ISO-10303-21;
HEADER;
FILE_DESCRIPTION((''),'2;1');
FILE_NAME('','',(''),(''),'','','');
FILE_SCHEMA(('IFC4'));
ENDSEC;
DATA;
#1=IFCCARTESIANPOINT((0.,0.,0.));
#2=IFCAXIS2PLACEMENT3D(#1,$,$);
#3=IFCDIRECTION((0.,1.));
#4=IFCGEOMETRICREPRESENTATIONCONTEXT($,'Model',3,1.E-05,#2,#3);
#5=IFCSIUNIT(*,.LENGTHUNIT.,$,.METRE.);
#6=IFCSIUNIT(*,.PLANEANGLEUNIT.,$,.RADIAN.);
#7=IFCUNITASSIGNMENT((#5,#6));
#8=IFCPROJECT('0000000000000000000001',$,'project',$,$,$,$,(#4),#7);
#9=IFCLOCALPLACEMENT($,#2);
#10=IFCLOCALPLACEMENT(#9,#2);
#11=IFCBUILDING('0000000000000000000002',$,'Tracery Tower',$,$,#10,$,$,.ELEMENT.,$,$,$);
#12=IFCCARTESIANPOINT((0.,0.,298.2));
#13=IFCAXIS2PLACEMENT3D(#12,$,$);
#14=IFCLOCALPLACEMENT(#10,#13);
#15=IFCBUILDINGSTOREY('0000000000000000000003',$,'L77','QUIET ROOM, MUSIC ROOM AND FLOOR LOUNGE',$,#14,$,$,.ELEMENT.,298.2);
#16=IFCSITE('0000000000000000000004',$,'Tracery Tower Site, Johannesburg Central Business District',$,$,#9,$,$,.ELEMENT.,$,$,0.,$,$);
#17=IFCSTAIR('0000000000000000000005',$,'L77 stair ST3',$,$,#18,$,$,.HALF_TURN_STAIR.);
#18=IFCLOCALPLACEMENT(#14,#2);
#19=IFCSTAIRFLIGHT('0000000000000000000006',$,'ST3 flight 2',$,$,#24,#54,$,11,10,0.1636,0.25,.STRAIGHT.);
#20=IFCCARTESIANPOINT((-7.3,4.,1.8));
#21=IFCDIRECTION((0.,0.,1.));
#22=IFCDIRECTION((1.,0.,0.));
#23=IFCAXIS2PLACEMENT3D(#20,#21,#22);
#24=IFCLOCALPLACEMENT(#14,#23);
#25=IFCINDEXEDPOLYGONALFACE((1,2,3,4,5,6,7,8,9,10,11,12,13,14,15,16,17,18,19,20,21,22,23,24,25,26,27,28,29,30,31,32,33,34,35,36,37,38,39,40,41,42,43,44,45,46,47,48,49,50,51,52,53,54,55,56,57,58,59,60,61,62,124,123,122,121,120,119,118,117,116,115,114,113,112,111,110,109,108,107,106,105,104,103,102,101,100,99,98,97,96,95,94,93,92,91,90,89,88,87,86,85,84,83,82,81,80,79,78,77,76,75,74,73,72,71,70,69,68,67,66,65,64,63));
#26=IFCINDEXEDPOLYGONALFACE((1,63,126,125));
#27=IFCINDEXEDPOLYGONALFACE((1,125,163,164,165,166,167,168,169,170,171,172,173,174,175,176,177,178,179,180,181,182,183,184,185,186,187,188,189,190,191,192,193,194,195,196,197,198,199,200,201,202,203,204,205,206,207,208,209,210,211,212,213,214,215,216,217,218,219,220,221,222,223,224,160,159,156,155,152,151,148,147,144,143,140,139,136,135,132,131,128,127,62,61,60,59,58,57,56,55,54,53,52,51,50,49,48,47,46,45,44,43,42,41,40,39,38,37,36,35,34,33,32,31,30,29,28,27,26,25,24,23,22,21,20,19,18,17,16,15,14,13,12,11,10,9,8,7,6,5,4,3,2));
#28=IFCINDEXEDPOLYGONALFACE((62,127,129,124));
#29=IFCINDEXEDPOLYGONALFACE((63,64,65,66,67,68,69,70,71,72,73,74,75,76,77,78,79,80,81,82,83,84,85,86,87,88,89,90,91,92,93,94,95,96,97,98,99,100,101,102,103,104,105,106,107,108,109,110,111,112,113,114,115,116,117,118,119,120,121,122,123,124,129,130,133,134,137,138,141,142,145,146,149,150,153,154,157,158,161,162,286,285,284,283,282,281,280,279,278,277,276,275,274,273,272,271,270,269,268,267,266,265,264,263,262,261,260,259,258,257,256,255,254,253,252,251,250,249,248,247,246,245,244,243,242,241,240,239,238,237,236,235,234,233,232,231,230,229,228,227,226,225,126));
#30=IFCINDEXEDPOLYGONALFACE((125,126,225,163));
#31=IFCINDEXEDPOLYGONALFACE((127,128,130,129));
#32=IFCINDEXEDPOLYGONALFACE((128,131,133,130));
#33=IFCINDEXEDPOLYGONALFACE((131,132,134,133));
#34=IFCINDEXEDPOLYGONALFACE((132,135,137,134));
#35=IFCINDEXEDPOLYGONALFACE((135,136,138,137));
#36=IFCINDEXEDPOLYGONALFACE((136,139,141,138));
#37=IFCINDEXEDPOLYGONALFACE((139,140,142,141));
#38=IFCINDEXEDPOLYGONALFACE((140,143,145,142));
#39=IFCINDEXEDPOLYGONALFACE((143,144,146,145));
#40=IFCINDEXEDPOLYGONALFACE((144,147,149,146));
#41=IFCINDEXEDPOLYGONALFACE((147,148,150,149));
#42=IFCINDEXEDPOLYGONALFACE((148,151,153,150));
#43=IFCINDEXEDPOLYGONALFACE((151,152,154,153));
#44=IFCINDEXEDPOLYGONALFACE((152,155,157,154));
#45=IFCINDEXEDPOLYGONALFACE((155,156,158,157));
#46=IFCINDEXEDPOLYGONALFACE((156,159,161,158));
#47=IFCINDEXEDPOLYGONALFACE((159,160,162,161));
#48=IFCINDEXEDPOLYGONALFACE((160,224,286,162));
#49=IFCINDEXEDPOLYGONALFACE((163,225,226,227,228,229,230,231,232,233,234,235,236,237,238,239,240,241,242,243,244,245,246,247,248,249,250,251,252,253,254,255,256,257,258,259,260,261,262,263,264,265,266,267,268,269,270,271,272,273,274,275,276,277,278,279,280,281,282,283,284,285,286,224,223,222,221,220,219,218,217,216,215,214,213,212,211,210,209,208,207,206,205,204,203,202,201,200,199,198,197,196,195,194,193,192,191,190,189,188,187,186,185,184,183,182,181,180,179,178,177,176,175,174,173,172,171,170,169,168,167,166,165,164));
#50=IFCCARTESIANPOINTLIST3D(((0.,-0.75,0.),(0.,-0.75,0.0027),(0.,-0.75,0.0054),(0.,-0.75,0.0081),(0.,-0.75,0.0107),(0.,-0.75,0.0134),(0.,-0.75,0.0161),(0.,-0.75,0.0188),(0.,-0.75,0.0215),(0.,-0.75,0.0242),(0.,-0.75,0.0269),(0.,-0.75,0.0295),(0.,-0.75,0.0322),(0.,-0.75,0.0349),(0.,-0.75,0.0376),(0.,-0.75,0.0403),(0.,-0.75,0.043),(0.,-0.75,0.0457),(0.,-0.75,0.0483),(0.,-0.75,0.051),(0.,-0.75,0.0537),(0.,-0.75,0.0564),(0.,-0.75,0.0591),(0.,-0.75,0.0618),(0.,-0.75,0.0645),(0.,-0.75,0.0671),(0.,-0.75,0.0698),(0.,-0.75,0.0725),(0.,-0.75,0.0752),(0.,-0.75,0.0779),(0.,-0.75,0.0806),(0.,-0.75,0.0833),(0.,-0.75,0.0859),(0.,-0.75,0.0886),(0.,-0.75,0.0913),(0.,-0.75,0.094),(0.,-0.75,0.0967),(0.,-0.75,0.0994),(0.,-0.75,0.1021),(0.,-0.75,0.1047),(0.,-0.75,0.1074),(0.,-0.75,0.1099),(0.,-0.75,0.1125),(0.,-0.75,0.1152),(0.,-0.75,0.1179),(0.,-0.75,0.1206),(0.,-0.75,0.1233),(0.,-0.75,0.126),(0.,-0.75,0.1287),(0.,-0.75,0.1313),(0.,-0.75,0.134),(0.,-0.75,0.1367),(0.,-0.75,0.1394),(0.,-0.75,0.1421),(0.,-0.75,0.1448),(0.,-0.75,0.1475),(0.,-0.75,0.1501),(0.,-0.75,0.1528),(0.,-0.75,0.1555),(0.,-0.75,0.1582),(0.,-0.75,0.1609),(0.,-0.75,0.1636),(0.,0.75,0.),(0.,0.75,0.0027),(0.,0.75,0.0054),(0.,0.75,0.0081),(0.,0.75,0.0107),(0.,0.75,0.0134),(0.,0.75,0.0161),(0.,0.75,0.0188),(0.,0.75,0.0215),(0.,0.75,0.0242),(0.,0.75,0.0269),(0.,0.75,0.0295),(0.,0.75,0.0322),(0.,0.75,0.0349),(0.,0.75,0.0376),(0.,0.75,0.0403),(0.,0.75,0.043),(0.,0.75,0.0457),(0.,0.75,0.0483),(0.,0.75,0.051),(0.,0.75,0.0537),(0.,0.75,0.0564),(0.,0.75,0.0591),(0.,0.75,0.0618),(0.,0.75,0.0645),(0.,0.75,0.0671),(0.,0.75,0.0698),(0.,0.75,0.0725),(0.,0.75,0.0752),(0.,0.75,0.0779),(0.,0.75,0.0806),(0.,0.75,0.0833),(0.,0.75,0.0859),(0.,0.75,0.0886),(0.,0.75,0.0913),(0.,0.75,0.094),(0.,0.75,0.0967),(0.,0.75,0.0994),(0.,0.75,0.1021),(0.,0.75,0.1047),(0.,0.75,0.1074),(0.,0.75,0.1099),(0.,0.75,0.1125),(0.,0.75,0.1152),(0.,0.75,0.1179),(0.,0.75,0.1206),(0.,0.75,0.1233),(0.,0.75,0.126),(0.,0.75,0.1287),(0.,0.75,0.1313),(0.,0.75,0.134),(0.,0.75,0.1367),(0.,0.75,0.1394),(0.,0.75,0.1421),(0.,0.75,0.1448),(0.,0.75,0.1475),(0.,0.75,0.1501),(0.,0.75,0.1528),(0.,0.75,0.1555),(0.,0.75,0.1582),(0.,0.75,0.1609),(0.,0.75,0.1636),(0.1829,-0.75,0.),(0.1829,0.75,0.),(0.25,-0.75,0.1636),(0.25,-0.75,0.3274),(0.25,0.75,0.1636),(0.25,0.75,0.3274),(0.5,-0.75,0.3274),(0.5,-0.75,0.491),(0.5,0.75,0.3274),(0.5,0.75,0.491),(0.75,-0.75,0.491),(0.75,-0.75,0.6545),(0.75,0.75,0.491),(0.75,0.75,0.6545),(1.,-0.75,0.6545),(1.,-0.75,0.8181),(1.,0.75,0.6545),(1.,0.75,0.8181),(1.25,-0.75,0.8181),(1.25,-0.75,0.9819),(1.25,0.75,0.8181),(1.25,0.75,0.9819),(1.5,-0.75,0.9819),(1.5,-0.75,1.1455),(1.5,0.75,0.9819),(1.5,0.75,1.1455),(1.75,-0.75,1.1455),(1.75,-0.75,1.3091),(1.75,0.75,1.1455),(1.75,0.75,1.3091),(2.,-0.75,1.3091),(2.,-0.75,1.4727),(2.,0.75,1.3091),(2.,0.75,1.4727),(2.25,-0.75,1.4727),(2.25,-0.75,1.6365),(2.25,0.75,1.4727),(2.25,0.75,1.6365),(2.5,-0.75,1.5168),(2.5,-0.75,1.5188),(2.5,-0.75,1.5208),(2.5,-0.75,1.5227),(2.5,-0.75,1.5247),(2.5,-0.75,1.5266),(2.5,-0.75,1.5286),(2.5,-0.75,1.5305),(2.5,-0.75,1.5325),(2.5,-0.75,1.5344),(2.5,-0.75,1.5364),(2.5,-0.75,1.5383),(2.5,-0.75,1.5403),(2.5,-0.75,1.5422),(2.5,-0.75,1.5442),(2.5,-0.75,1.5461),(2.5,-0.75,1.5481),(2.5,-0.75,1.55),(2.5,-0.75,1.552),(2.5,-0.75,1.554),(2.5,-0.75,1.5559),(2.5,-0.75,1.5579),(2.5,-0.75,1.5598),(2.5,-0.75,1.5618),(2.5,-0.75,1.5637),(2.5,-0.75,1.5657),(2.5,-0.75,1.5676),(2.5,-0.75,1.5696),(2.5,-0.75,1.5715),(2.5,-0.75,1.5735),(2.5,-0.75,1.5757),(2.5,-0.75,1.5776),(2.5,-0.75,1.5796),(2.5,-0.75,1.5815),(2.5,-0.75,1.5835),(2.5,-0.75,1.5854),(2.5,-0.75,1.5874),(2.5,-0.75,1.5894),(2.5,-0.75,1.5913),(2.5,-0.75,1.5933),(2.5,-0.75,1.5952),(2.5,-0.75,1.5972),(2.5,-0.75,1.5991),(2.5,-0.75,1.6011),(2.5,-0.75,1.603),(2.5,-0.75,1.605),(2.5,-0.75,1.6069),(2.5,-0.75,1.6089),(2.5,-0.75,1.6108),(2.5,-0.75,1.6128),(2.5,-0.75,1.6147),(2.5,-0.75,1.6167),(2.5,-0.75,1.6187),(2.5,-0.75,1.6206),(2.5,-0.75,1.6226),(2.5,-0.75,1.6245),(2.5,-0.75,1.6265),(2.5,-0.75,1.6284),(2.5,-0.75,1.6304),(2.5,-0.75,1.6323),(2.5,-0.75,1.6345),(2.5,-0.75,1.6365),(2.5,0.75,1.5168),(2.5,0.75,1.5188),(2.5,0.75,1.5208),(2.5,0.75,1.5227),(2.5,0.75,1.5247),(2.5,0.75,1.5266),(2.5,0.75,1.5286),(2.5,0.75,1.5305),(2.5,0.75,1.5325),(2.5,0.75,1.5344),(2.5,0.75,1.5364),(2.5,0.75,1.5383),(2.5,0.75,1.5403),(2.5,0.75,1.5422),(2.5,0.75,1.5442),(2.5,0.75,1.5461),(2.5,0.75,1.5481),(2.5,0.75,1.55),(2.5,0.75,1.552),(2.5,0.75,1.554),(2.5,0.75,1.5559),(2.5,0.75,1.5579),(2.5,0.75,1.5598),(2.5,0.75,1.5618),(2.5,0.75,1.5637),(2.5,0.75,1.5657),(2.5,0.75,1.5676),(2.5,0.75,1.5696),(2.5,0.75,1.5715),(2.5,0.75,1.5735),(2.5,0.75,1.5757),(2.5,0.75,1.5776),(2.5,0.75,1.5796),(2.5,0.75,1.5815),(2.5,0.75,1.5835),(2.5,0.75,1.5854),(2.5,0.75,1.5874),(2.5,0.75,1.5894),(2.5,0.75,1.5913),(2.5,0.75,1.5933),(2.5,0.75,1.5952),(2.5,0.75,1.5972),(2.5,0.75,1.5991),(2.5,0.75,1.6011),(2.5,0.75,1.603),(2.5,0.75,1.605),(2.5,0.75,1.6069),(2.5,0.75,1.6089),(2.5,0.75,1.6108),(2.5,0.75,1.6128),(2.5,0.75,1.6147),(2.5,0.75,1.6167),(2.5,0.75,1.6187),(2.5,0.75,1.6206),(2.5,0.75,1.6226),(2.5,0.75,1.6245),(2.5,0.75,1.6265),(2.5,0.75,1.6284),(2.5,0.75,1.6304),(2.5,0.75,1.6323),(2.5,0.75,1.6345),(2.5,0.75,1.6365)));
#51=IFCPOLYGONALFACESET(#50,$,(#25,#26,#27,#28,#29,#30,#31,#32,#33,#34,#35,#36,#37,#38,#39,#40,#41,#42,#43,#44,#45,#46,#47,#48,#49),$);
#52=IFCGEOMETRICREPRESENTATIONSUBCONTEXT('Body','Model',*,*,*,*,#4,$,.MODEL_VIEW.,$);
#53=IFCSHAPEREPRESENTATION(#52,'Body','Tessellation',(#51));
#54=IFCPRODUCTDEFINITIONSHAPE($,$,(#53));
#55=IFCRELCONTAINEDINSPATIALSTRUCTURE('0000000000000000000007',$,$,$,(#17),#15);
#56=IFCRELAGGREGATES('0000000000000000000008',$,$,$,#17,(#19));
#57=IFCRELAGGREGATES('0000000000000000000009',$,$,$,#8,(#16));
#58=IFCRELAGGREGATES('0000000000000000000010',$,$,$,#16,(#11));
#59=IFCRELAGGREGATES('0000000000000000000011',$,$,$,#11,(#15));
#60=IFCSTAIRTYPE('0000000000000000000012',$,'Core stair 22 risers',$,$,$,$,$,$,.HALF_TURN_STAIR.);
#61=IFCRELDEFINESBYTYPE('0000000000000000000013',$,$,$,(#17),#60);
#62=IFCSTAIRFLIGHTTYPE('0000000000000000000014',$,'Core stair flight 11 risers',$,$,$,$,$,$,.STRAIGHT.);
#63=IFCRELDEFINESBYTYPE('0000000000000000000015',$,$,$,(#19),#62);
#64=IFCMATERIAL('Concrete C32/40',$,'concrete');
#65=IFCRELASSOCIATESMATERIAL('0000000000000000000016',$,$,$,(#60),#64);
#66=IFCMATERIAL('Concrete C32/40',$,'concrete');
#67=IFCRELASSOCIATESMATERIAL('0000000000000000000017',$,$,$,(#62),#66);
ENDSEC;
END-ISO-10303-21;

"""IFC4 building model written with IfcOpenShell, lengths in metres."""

from ifc_helpers import new_model, si_unit, direction, frame, origin, place, context, subcontext, project, spatial, polyline, outline, extrude, material, type_object, element, aggregate, save


model = new_model("IFC4")

# Units and contexts
model_context = context("Model", 3, precision=1e-05, world=origin(), true_north=direction((0.0, 1.0)))
body_context = subcontext(model_context, "Body", "Model", "MODEL_VIEW")
ifc_project = project(units=[si_unit("LENGTHUNIT", "METRE"), si_unit("PLANEANGLEUNIT", "RADIAN")], contexts=[model_context])

# Site, building, storey
site_placement = place(None, origin())
site = spatial("IfcSite", under=ifc_project, at=site_placement, Name="Tracery Tower Site, Johannesburg Central Business District", CompositionType="ELEMENT", RefElevation=0.0)
building_placement = place(site_placement, origin())
building = spatial("IfcBuilding", under=site, at=building_placement, Name="Tracery Tower", CompositionType="ELEMENT")
storey_placement = place(building_placement, frame((0.0, 0.0, 298.2)))
storey = spatial("IfcBuildingStorey", under=building, at=storey_placement, Name="L77", Description="QUIET ROOM, MUSIC ROOM AND FLOOR LOUNGE", CompositionType="ELEMENT", Elevation=298.2)

# Stair, stair flight
ifc_material_1 = material(Name="Concrete C32/40", Category="concrete")
stair_type = type_object("IfcStairType", Name="Core stair 22 risers", PredefinedType="HALF_TURN_STAIR", material=ifc_material_1)
stair_placement = place(storey_placement, origin())
stair = element("IfcStair", 1, at=stair_placement, inside=storey, type_object=stair_type, Name="L77 stair ST3", PredefinedType="HALF_TURN_STAIR")
ifc_material_2 = material(Name="Concrete C32/40", Category="concrete")
stair_flight_type = type_object("IfcStairFlightType", Name="Core stair flight 11 risers", PredefinedType="STRAIGHT", material=ifc_material_2)
stair_flight_1_placement = place(storey_placement, frame((-7.3, 4.0, 1.8), z_axis=(0.0, 0.0, 1.0), x_axis=(1.0, 0.0, 0.0)))
stair_flight_1 = element("IfcStairFlight", 2, at=stair_flight_1_placement, type_object=stair_flight_type, Name="ST3 flight 2", NumberOfRisers=11, NumberOfTreads=10, PredefinedType="STRAIGHT", RiserHeight=0.1636, TreadLength=0.25, context=body_context, shape_type="SweptSolid", body=[
    extrude(outline(polyline([(0.0, 0.0), (0.0, 0.0027), (0.0, 0.0054), (0.0, 0.0081), (0.0, 0.0107), (0.0, 0.0134), (0.0, 0.0161), (0.0, 0.0188), (0.0, 0.0215), (0.0, 0.0242), (0.0, 0.0269), (0.0, 0.0295), (0.0, 0.0322), (0.0, 0.0349), (0.0, 0.0376), (0.0, 0.0403), (0.0, 0.043), (0.0, 0.0457), (0.0, 0.0483), (0.0, 0.051), (0.0, 0.0537), (0.0, 0.0564), (0.0, 0.0591), (0.0, 0.0618), (0.0, 0.0645), (0.0, 0.0671), (0.0, 0.0698), (0.0, 0.0725), (0.0, 0.0752), (0.0, 0.0779), (0.0, 0.0806), (0.0, 0.0833), (0.0, 0.0859), (0.0, 0.0886), (0.0, 0.0913), (0.0, 0.094), (0.0, 0.0967), (0.0, 0.0994), (0.0, 0.1021), (0.0, 0.1047), (0.0, 0.1074), (0.0, 0.1099), (0.0, 0.1125), (0.0, 0.1152), (0.0, 0.1179), (0.0, 0.1206), (0.0, 0.1233), (0.0, 0.126), (0.0, 0.1287), (0.0, 0.1313), (0.0, 0.134), (0.0, 0.1367), (0.0, 0.1394), (0.0, 0.1421), (0.0, 0.1448), (0.0, 0.1475), (0.0, 0.1501), (0.0, 0.1528), (0.0, 0.1555), (0.0, 0.1582), (0.0, 0.1609), (0.0, 0.1636), (0.25, 0.1636), (0.25, 0.3274), (0.5, 0.3274), (0.5, 0.491), (0.75, 0.491), (0.75, 0.6545), (1.0, 0.6545), (1.0, 0.8181), (1.25, 0.8181), (1.25, 0.9819), (1.5, 0.9819), (1.5, 1.1455), (1.75, 1.1455), (1.75, 1.3091), (2.0, 1.3091), (2.0, 1.4727), (2.25, 1.4727), (2.25, 1.6365), (2.5, 1.6365), (2.5, 1.6345), (2.5, 1.6323), (2.5, 1.6304), (2.5, 1.6284), (2.5, 1.6265), (2.5, 1.6245), (2.5, 1.6226), (2.5, 1.6206), (2.5, 1.6187), (2.5, 1.6167), (2.5, 1.6147), (2.5, 1.6128), (2.5, 1.6108), (2.5, 1.6089), (2.5, 1.6069), (2.5, 1.605), (2.5, 1.603), (2.5, 1.6011), (2.5, 1.5991), (2.5, 1.5972), (2.5, 1.5952), (2.5, 1.5933), (2.5, 1.5913), (2.5, 1.5894), (2.5, 1.5874), (2.5, 1.5854), (2.5, 1.5835), (2.5, 1.5815), (2.5, 1.5796), (2.5, 1.5776), (2.5, 1.5757), (2.5, 1.5735), (2.5, 1.5715), (2.5, 1.5696), (2.5, 1.5676), (2.5, 1.5657), (2.5, 1.5637), (2.5, 1.5618), (2.5, 1.5598), (2.5, 1.5579), (2.5, 1.5559), (2.5, 1.554), (2.5, 1.552), (2.5, 1.55), (2.5, 1.5481), (2.5, 1.5461), (2.5, 1.5442), (2.5, 1.5422), (2.5, 1.5403), (2.5, 1.5383), (2.5, 1.5364), (2.5, 1.5344), (2.5, 1.5325), (2.5, 1.5305), (2.5, 1.5286), (2.5, 1.5266), (2.5, 1.5247), (2.5, 1.5227), (2.5, 1.5208), (2.5, 1.5188), (2.5, 1.5168), (0.1829, 0.0), (0.0, 0.0)])), frame((0.0, 0.75, 0.0), z_axis=(0.0, -1.0, 0.0), x_axis=(1.0, 0.0, 0.0)), (0.0, 0.0, 1.0), 1.5),
])
aggregate(stair, [stair_flight_1])

save(model, "model.ifc")
